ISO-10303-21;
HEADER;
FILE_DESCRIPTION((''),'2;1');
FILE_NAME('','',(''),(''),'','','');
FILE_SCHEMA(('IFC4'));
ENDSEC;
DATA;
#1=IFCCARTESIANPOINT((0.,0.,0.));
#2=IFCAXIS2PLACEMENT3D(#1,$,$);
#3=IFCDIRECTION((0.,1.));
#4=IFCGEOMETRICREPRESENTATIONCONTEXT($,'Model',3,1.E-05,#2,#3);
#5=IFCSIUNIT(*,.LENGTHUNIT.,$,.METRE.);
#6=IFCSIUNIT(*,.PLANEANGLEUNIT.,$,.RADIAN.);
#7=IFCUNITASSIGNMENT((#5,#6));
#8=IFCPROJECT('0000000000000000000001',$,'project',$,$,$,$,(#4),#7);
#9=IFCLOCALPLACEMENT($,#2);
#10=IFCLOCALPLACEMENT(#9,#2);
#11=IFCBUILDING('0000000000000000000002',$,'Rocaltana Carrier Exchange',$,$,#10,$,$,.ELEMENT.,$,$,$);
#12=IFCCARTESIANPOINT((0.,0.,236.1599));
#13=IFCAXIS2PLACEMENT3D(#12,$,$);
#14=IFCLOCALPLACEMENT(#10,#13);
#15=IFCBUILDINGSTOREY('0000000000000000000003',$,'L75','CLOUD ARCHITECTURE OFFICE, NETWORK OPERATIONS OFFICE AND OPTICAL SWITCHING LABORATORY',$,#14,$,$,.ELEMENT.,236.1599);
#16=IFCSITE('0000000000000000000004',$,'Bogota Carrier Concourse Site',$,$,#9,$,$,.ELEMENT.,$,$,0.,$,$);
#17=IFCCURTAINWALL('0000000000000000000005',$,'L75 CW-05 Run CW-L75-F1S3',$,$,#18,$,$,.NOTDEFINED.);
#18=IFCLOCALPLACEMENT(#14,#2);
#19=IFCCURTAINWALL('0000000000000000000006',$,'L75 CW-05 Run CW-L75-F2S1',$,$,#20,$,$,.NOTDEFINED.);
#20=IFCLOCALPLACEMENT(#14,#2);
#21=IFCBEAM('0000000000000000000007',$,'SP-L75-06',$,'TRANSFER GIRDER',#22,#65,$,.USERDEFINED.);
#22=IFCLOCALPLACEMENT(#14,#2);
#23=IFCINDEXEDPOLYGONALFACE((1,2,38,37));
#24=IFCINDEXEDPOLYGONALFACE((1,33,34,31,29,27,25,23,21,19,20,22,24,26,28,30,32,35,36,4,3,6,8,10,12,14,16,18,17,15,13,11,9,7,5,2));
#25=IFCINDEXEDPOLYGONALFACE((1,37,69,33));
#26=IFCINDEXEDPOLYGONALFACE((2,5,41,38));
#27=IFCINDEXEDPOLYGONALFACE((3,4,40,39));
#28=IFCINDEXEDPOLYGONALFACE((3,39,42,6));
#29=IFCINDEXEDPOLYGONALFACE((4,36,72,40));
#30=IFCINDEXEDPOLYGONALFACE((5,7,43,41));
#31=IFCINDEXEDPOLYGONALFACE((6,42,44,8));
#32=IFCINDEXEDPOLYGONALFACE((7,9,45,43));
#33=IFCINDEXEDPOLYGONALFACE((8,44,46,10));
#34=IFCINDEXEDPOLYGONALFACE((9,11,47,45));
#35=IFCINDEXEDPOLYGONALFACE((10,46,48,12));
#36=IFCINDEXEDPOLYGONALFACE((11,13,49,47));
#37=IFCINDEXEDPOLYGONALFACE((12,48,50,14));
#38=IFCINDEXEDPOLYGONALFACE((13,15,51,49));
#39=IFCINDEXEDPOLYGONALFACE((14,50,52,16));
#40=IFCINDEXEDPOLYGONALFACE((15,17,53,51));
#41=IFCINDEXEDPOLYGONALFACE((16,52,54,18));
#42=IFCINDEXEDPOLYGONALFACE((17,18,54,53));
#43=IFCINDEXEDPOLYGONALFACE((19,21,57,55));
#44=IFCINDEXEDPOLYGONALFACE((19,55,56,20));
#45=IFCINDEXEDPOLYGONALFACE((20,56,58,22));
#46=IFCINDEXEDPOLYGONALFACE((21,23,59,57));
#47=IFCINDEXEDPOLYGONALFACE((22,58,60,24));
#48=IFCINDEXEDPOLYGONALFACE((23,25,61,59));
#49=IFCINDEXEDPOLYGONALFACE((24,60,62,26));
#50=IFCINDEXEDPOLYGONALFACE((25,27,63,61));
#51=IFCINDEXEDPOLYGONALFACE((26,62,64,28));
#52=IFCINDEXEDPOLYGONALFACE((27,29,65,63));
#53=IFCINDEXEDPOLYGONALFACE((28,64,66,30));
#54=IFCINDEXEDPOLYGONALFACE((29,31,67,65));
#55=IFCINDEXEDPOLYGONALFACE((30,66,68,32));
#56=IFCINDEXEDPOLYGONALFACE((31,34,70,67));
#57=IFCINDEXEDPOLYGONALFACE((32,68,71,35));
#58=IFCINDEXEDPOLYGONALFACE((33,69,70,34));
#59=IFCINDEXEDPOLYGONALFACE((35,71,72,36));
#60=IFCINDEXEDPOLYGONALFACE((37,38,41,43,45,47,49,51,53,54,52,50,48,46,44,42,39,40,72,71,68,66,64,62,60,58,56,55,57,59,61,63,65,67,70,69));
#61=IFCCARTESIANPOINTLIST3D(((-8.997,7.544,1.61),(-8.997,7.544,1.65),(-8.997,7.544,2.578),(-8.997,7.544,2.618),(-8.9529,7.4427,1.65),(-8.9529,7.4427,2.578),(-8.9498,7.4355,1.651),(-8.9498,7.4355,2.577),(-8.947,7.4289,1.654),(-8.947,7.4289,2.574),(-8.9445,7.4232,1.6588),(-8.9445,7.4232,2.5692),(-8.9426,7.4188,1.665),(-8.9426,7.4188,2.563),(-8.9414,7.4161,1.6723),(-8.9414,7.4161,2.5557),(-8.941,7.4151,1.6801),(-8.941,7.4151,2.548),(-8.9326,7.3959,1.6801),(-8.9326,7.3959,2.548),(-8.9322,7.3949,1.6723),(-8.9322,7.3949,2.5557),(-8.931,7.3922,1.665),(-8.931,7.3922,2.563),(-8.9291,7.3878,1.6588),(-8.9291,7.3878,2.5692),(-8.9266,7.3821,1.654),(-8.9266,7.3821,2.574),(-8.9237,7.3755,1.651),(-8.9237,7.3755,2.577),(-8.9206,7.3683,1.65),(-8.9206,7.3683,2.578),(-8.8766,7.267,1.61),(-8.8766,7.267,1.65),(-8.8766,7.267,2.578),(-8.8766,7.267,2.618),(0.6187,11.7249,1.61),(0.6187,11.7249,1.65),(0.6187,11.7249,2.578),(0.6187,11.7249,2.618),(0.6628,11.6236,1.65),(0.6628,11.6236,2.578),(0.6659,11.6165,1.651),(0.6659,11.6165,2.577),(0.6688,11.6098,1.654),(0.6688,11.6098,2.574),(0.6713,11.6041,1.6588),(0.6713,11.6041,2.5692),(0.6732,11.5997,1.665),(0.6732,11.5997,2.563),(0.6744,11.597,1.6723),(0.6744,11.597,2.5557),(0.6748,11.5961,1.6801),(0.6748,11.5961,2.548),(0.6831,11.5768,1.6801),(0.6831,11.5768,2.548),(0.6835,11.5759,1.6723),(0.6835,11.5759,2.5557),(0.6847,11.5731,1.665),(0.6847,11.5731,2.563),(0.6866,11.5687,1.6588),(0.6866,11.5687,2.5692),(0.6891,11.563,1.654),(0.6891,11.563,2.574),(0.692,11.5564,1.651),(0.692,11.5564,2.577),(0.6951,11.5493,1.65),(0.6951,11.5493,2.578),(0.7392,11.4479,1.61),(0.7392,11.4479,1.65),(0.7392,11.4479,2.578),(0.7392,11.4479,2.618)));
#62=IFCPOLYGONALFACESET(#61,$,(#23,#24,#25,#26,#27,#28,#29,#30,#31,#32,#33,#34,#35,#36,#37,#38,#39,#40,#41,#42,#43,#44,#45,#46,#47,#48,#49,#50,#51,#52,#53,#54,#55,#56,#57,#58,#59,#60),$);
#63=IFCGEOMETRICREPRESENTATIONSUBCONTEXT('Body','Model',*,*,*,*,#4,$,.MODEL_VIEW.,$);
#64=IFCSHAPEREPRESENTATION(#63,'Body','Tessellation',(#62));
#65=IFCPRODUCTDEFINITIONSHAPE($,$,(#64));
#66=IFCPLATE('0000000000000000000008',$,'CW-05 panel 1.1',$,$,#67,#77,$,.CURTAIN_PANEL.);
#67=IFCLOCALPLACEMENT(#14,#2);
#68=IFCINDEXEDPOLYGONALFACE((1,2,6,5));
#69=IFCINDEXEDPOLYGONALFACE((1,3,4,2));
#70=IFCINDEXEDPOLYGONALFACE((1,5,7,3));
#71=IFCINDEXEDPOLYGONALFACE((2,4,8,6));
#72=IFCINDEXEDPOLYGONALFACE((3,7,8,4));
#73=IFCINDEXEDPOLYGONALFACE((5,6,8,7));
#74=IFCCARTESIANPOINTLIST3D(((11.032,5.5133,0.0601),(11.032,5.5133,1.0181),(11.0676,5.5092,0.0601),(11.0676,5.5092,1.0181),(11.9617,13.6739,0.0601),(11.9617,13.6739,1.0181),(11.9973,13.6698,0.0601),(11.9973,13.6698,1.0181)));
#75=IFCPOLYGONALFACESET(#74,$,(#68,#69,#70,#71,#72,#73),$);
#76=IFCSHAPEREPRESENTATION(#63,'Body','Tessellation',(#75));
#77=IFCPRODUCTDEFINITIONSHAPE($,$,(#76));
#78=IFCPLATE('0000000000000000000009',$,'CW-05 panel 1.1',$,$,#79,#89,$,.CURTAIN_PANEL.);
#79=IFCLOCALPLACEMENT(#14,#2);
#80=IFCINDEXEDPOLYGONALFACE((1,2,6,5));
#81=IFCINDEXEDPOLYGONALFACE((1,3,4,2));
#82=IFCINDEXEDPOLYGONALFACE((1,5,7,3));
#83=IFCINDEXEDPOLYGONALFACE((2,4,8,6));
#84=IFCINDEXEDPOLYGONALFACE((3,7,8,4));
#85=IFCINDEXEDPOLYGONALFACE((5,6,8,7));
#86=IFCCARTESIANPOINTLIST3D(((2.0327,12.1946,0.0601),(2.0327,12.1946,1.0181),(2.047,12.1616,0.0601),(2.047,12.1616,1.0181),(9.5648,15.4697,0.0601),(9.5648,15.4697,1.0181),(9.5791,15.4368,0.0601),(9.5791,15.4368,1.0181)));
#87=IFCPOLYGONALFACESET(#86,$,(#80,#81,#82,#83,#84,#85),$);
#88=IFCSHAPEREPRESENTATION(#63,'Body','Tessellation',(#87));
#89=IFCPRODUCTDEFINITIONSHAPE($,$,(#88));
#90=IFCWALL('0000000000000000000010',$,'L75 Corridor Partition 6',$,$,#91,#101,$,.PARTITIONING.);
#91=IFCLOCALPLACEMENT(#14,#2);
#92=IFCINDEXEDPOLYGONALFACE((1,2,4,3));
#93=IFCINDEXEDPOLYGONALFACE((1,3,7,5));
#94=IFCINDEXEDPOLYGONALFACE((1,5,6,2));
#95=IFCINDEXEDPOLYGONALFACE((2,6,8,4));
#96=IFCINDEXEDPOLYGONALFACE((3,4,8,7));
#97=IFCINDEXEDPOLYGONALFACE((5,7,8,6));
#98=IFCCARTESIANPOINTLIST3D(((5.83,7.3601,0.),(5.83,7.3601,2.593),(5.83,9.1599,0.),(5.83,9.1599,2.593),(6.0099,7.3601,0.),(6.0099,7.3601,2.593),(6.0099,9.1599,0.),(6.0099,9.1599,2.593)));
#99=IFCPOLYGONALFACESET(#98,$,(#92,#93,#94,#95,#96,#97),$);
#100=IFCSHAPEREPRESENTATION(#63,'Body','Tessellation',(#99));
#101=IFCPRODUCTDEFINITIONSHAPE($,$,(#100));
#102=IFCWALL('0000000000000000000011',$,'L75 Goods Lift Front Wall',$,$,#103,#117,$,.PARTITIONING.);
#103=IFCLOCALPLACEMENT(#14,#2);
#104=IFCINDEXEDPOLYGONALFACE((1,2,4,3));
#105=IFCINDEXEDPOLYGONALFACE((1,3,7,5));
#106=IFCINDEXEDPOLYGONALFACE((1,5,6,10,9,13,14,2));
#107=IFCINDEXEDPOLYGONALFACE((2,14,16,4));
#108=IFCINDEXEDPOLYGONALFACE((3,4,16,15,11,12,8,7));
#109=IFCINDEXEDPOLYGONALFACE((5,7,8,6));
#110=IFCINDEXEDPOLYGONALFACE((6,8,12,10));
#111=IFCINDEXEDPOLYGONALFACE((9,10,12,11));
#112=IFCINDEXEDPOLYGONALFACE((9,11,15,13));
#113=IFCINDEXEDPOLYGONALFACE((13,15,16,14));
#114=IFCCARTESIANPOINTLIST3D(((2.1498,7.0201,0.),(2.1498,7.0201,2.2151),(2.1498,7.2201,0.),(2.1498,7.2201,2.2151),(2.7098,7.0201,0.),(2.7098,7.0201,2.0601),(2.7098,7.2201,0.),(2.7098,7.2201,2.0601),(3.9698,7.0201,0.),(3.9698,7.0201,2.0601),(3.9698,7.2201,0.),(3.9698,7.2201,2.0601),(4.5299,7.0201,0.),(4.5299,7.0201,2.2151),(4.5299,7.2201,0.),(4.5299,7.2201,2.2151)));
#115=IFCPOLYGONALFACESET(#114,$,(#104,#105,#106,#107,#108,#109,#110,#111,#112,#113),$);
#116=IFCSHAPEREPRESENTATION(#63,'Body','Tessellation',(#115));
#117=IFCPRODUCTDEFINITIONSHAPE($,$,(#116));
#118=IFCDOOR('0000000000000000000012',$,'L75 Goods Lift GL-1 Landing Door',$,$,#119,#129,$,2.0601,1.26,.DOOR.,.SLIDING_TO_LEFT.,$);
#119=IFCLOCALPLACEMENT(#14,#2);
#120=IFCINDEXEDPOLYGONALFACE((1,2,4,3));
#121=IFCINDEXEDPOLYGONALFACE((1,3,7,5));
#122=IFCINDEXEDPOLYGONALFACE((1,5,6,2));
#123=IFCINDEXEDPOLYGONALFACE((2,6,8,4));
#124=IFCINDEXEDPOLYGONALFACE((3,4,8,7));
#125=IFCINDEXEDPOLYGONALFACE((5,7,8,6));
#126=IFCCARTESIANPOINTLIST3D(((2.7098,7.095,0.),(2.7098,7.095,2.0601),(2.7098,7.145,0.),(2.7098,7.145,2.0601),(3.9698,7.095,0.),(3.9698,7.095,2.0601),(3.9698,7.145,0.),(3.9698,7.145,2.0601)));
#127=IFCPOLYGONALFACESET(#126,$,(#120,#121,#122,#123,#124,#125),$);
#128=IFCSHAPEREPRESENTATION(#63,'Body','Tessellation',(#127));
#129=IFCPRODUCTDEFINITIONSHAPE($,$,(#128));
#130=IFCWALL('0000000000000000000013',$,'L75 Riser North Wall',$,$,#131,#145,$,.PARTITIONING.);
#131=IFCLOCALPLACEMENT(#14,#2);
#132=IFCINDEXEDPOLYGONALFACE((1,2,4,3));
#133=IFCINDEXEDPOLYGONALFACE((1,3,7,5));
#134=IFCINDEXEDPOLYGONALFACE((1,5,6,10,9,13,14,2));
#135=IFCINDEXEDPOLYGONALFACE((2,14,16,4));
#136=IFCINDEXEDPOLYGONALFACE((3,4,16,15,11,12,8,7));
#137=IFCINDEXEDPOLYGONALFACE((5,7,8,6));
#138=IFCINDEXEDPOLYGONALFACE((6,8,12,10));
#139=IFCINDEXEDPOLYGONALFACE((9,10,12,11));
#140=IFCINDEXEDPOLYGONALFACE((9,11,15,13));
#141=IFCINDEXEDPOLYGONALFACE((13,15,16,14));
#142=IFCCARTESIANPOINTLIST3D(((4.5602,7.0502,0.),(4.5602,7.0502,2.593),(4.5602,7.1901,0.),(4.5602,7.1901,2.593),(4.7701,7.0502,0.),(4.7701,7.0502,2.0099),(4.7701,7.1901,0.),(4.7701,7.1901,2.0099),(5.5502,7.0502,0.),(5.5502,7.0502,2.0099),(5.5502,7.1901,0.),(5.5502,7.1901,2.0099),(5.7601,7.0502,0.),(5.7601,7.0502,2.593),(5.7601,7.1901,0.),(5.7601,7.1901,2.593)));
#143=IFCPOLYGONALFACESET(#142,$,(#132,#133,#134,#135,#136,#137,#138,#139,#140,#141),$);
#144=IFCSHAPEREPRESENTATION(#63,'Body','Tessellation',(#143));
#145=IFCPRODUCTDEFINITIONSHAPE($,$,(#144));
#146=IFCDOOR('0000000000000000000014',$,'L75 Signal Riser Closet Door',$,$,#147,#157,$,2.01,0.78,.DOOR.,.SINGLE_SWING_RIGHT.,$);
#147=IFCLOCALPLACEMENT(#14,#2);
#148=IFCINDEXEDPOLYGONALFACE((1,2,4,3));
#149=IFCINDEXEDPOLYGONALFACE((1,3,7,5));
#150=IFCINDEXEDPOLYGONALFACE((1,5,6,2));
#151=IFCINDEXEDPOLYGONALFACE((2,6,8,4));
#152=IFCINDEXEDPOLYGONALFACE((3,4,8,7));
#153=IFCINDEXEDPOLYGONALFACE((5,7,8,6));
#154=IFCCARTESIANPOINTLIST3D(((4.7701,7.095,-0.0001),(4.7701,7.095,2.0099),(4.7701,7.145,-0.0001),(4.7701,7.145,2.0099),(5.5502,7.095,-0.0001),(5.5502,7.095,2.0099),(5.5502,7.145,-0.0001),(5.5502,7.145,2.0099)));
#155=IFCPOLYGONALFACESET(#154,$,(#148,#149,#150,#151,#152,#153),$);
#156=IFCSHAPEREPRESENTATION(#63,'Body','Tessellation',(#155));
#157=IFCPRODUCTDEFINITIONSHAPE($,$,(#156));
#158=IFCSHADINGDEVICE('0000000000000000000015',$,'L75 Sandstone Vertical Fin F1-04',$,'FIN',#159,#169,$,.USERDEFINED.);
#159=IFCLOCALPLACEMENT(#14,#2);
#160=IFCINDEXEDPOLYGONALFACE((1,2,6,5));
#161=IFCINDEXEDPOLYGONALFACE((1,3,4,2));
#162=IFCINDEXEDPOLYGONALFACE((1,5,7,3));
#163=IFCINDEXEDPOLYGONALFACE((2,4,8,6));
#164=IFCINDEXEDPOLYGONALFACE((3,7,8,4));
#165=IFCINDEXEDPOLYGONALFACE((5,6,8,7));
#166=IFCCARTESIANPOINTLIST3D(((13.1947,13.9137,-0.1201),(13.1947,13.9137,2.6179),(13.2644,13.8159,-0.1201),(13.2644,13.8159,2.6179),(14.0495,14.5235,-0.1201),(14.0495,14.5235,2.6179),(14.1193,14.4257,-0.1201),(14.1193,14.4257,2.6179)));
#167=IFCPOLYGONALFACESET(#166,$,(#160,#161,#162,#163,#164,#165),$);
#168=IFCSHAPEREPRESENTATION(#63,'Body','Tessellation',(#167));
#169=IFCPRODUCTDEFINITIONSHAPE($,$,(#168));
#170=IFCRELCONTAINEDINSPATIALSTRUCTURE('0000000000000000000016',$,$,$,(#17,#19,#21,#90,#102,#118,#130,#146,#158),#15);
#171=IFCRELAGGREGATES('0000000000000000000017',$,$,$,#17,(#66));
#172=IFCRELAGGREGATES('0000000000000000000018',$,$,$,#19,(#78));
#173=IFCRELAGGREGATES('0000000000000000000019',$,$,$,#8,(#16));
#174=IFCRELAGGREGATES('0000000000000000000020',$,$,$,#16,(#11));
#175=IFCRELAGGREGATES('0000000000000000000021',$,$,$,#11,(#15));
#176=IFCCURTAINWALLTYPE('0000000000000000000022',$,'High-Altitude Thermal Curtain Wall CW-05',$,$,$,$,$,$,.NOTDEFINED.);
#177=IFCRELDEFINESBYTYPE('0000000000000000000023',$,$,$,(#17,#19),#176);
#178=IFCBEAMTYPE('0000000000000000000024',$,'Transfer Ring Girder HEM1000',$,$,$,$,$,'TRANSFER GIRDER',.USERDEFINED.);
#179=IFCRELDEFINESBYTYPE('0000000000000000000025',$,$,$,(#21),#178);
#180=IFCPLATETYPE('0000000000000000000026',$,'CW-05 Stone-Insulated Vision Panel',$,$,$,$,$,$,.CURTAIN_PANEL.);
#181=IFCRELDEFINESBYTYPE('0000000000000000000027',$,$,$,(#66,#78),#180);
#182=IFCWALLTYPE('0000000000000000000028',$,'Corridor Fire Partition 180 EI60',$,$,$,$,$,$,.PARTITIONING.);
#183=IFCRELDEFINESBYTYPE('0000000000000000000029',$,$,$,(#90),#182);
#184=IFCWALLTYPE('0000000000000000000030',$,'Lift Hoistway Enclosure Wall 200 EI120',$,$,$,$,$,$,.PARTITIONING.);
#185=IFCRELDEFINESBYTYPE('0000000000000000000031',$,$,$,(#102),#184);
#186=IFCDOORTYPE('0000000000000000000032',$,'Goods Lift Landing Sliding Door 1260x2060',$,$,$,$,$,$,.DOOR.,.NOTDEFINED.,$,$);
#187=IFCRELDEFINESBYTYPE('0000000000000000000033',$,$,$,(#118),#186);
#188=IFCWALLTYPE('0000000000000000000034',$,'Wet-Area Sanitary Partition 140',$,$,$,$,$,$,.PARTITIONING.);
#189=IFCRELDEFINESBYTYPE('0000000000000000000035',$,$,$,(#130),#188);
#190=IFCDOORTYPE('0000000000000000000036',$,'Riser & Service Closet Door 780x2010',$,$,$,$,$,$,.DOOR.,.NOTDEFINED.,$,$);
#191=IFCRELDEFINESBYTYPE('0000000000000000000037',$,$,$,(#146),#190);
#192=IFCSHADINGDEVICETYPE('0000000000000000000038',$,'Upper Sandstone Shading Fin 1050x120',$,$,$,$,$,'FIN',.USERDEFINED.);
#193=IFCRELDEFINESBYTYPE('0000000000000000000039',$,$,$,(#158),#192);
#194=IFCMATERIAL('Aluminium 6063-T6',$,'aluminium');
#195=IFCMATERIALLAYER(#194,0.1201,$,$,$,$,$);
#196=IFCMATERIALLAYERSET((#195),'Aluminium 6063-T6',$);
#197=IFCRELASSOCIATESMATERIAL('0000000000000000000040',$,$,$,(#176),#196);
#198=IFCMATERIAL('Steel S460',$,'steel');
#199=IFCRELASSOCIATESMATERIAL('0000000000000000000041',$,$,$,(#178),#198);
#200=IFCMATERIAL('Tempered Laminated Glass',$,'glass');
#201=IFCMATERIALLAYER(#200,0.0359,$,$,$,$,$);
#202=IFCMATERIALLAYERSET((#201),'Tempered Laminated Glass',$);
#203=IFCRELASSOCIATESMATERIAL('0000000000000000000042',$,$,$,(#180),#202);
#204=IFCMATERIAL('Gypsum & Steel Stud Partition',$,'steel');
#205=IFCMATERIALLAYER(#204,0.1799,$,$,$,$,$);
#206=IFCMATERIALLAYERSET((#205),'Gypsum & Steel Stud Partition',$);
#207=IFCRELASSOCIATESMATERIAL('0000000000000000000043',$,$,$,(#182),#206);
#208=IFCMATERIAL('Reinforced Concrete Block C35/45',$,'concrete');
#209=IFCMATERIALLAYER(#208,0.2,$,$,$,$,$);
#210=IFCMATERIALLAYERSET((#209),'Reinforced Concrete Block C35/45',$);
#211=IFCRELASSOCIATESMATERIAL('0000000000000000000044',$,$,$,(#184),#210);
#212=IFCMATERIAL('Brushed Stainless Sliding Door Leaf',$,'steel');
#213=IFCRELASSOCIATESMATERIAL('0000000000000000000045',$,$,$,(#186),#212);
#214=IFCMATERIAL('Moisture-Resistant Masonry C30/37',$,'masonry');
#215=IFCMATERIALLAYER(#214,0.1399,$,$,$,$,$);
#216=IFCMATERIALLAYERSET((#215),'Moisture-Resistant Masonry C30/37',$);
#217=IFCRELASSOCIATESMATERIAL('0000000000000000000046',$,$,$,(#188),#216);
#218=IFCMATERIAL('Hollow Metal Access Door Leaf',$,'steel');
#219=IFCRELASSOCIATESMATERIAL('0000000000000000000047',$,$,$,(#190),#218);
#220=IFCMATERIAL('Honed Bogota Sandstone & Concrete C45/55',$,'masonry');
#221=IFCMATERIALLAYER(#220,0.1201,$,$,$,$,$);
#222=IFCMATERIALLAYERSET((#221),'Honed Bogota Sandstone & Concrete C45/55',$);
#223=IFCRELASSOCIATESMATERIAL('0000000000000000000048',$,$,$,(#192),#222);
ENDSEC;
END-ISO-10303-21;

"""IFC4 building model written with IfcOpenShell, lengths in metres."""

from ifc_helpers import new_model, si_unit, direction, frame, frame_2d, origin, origin_2d, place, context, subcontext, project, spatial, rectangle, i_section, extrude, material, layer, layer_set, material_profile, profile_set, type_object, element, fill, aggregate, save


model = new_model("IFC4")

# Units and contexts
model_context = context("Model", 3, precision=1e-05, world=origin(), true_north=direction((0.0, 1.0)))
body_context = subcontext(model_context, "Body", "Model", "MODEL_VIEW")
ifc_project = project(units=[si_unit("LENGTHUNIT", "METRE"), si_unit("PLANEANGLEUNIT", "RADIAN")], contexts=[model_context])

# Site, building, storey
site_placement = place(None, origin())
site = spatial("IfcSite", under=ifc_project, at=site_placement, Name="Bogota Carrier Concourse Site", CompositionType="ELEMENT", RefElevation=0.0)
building_placement = place(site_placement, origin())
building = spatial("IfcBuilding", under=site, at=building_placement, Name="Rocaltana Carrier Exchange", CompositionType="ELEMENT")
storey_placement = place(building_placement, frame((0.0, 0.0, 236.1599)))
storey = spatial("IfcBuildingStorey", under=building, at=storey_placement, Name="L75", Description="CLOUD ARCHITECTURE OFFICE, NETWORK OPERATIONS OFFICE AND OPTICAL SWITCHING LABORATORY", CompositionType="ELEMENT", Elevation=236.1599)

# Curtain wall
ifc_material_1 = material(Name="Aluminium 6063-T6", Category="aluminium")
ifc_layer_1 = layer(ifc_material_1, 0.1201)
ifc_layer_set_1 = layer_set([ifc_layer_1], Name="Aluminium 6063-T6")
curtain_wall_type = type_object("IfcCurtainWallType", Name="High-Altitude Thermal Curtain Wall CW-05", PredefinedType="NOTDEFINED", material=ifc_layer_set_1)
curtain_wall_1_placement = place(storey_placement, origin())
curtain_wall_1 = element("IfcCurtainWall", 1, at=curtain_wall_1_placement, inside=storey, type_object=curtain_wall_type, Name="L75 CW-05 Run CW-L75-F1S3", PredefinedType="NOTDEFINED")

# Curtain wall
curtain_wall_2_placement = place(storey_placement, origin())
curtain_wall_2 = element("IfcCurtainWall", 2, at=curtain_wall_2_placement, inside=storey, type_object=curtain_wall_type, Name="L75 CW-05 Run CW-L75-F2S1", PredefinedType="NOTDEFINED")

# Beam
ifc_material_2 = material(Name="Steel S460", Category="steel")
ifc_material_profile_1 = material_profile(ifc_material_2, i_section(OverallWidth=0.302, OverallDepth=1.0081, WebThickness=0.021, FlangeThickness=0.04, FilletRadius=0.03, at=origin_2d()), Name="HEM1000")
ifc_profile_set_1 = profile_set([ifc_material_profile_1], Name="Steel S460")
beam_type_1 = type_object("IfcBeamType", Name="Transfer Ring Girder HEM1000", ElementType="TRANSFER GIRDER", PredefinedType="USERDEFINED", material=ifc_profile_set_1)
for number, where, z_axis, x_axis, name in (
    (3, (0.679, 11.5864, 2.114), (-0.917065, -0.398739, 0.0), (0.398739, -0.917065, 0.0), "SP-L75-06"),
):
    element("IfcBeam", number, at=place(storey_placement, frame(where, z_axis=z_axis, x_axis=x_axis)), inside=storey, type_object=beam_type_1, Name=name, ObjectType="TRANSFER GIRDER", PredefinedType="USERDEFINED", context=body_context, shape_type="SweptSolid", body=[
        extrude(i_section(OverallWidth=0.302, OverallDepth=1.0081, WebThickness=0.021, FlangeThickness=0.04, FilletRadius=0.03, at=origin_2d()), origin(), (0.0, 0.0, 1.0), 10.4854),
    ])

# Plates
ifc_material_3 = material(Name="Tempered Laminated Glass", Category="glass")
ifc_layer_2 = layer(ifc_material_3, 0.0359)
ifc_layer_set_2 = layer_set([ifc_layer_2], Name="Tempered Laminated Glass")
plate_type = type_object("IfcPlateType", Name="CW-05 Stone-Insulated Vision Panel", PredefinedType="CURTAIN_PANEL", material=ifc_layer_set_2)
plate_1_placement = place(storey_placement, frame((11.5146, 9.5916, 0.0601), z_axis=(0.0, 0.0, 1.0), x_axis=(0.113197, 0.993573, 0.0)))
plate_1 = element("IfcPlate", 4, at=plate_1_placement, type_object=plate_type, Name="CW-05 panel 1.1", PredefinedType="CURTAIN_PANEL", context=body_context, shape_type="SweptSolid", body=[
    extrude(rectangle(XDim=8.2134, YDim=0.0359, at=origin_2d()), origin(), (0.0, 0.0, 1.0), 0.958),
])
aggregate(curtain_wall_1, [plate_1])
plate_2_placement = place(storey_placement, frame((5.8059, 13.8157, 0.0601), z_axis=(0.0, 0.0, 1.0), x_axis=(-0.917057, -0.398757, 0.0)))
plate_2 = element("IfcPlate", 5, at=plate_2_placement, type_object=plate_type, Name="CW-05 panel 1.1", PredefinedType="CURTAIN_PANEL", context=body_context, shape_type="SweptSolid", body=[
    extrude(rectangle(XDim=8.2134, YDim=0.0359, at=origin_2d()), origin(), (0.0, 0.0, 1.0), 0.958),
])
aggregate(curtain_wall_2, [plate_2])

# Wall
ifc_material_4 = material(Name="Gypsum & Steel Stud Partition", Category="steel")
ifc_layer_3 = layer(ifc_material_4, 0.1799)
ifc_layer_set_3 = layer_set([ifc_layer_3], Name="Gypsum & Steel Stud Partition")
wall_type_1 = type_object("IfcWallType", Name="Corridor Fire Partition 180 EI60", PredefinedType="PARTITIONING", material=ifc_layer_set_3)
wall_1_placement = place(storey_placement, frame((5.9199, 9.1599, 0.0), z_axis=(0.0, 0.0, 1.0), x_axis=(0.0, -1.0, 0.0)))
element("IfcWall", 6, at=wall_1_placement, inside=storey, type_object=wall_type_1, Name="L75 Corridor Partition 6", PredefinedType="PARTITIONING", context=body_context, shape_type="SweptSolid", body=[
    extrude(rectangle(XDim=1.7998, YDim=0.1799, at=frame_2d((0.8999, 0.0))), origin(), (0.0, 0.0, 1.0), 2.593),
])

# Walls, openings, doors
ifc_material_5 = material(Name="Reinforced Concrete Block C35/45", Category="concrete")
ifc_layer_4 = layer(ifc_material_5, 0.2)
ifc_layer_set_4 = layer_set([ifc_layer_4], Name="Reinforced Concrete Block C35/45")
wall_type_2 = type_object("IfcWallType", Name="Lift Hoistway Enclosure Wall 200 EI120", PredefinedType="PARTITIONING", material=ifc_layer_set_4)
wall_2_placement = place(storey_placement, frame((2.1499, 7.1201, 0.0), z_axis=(0.0, 0.0, 1.0), x_axis=(1.0, 0.0, 0.0)))
wall_2 = element("IfcWall", 7, at=wall_2_placement, inside=storey, type_object=wall_type_2, Name="L75 Goods Lift Front Wall", PredefinedType="PARTITIONING", context=body_context, shape_type="SweptSolid", body=[
    extrude(rectangle(XDim=2.3801, YDim=0.2, at=frame_2d((1.1899, 0.0))), origin(), (0.0, 0.0, 1.0), 2.2151),
])
opening_1_placement = place(wall_2_placement, frame((0.5601, 0.0, 0.0)))
opening_1 = element("IfcOpeningElement", 8, at=opening_1_placement, cuts=wall_2, PredefinedType="OPENING", context=body_context, shape_type="SweptSolid", body=[
    extrude(rectangle(XDim=1.26, YDim=2.0601, at=frame_2d((0.6299, 1.03))), frame((0.0, 0.1099, 0.0), z_axis=(0.0, -1.0, 0.0), x_axis=(1.0, 0.0, 0.0)), (0.0, 0.0, 1.0), 0.22),
])
ifc_material_6 = material(Name="Brushed Stainless Sliding Door Leaf", Category="steel")
door_type_1 = type_object("IfcDoorType", Name="Goods Lift Landing Sliding Door 1260x2060", OperationType="NOTDEFINED", PredefinedType="DOOR", material=ifc_material_6)
door_1_placement = place(opening_1_placement, origin())
door_1 = element("IfcDoor", 9, at=door_1_placement, inside=storey, type_object=door_type_1, Name="L75 Goods Lift GL-1 Landing Door", OperationType="SLIDING_TO_LEFT", OverallHeight=2.0601, OverallWidth=1.26, PredefinedType="DOOR", context=body_context, shape_type="SweptSolid", body=[
    extrude(rectangle(XDim=1.26, YDim=2.0601, at=frame_2d((0.6299, 1.03))), frame((0.0, 0.0249, 0.0), z_axis=(0.0, -1.0, 0.0), x_axis=(1.0, 0.0, 0.0)), (0.0, 0.0, 1.0), 0.05),
])
fill(opening_1, door_1)
ifc_material_7 = material(Name="Moisture-Resistant Masonry C30/37", Category="masonry")
ifc_layer_5 = layer(ifc_material_7, 0.1399)
ifc_layer_set_5 = layer_set([ifc_layer_5], Name="Moisture-Resistant Masonry C30/37")
wall_type_3 = type_object("IfcWallType", Name="Wet-Area Sanitary Partition 140", PredefinedType="PARTITIONING", material=ifc_layer_set_5)
wall_3_placement = place(storey_placement, frame((4.5601, 7.1201, 0.0), z_axis=(0.0, 0.0, 1.0), x_axis=(1.0, 0.0, 0.0)))
wall_3 = element("IfcWall", 10, at=wall_3_placement, inside=storey, type_object=wall_type_3, Name="L75 Riser North Wall", PredefinedType="PARTITIONING", context=body_context, shape_type="SweptSolid", body=[
    extrude(rectangle(XDim=1.2, YDim=0.1399, at=frame_2d((0.6001, 0.0))), origin(), (0.0, 0.0, 1.0), 2.593),
])
opening_2_placement = place(wall_3_placement, frame((0.21, 0.0, 0.0)))
opening_2 = element("IfcOpeningElement", 11, at=opening_2_placement, cuts=wall_3, PredefinedType="OPENING", context=body_context, shape_type="SweptSolid", body=[
    extrude(rectangle(XDim=0.78, YDim=2.01, at=frame_2d((0.3901, 1.0049))), frame((0.0, 0.0798, 0.0), z_axis=(0.0, -1.0, 0.0), x_axis=(1.0, 0.0, 0.0)), (0.0, 0.0, 1.0), 0.1599),
])
ifc_material_8 = material(Name="Hollow Metal Access Door Leaf", Category="steel")
door_type_2 = type_object("IfcDoorType", Name="Riser & Service Closet Door 780x2010", OperationType="NOTDEFINED", PredefinedType="DOOR", material=ifc_material_8)
door_2_placement = place(opening_2_placement, origin())
door_2 = element("IfcDoor", 12, at=door_2_placement, inside=storey, type_object=door_type_2, Name="L75 Signal Riser Closet Door", OperationType="SINGLE_SWING_RIGHT", OverallHeight=2.01, OverallWidth=0.78, PredefinedType="DOOR", context=body_context, shape_type="SweptSolid", body=[
    extrude(rectangle(XDim=0.78, YDim=2.01, at=frame_2d((0.3901, 1.0049))), frame((0.0, 0.0249, 0.0), z_axis=(0.0, -1.0, 0.0), x_axis=(1.0, 0.0, 0.0)), (0.0, 0.0, 1.0), 0.05),
])
fill(opening_2, door_2)

# Shading device
ifc_material_9 = material(Name="Honed Bogota Sandstone & Concrete C45/55", Category="masonry")
ifc_layer_6 = layer(ifc_material_9, 0.1201)
ifc_layer_set_6 = layer_set([ifc_layer_6], Name="Honed Bogota Sandstone & Concrete C45/55")
shading_device_type = type_object("IfcShadingDeviceType", Name="Upper Sandstone Shading Fin 1050x120", ElementType="FIN", PredefinedType="USERDEFINED", material=ifc_layer_set_6)
for number, where, z_axis, x_axis, name in (
    (13, (13.657, 14.1697, -0.1201), (0.0, 0.0, 1.0), (0.814116, 0.580703, 0.0), "L75 Sandstone Vertical Fin F1-04"),
):
    element("IfcShadingDevice", number, at=place(storey_placement, frame(where, z_axis=z_axis, x_axis=x_axis)), inside=storey, type_object=shading_device_type, Name=name, ObjectType="FIN", PredefinedType="USERDEFINED", context=body_context, shape_type="SweptSolid", body=[
        extrude(rectangle(XDim=1.05, YDim=0.1201, at=origin_2d()), origin(), (0.0, 0.0, 1.0), 2.738),
    ])

save(model, "model.ifc")
